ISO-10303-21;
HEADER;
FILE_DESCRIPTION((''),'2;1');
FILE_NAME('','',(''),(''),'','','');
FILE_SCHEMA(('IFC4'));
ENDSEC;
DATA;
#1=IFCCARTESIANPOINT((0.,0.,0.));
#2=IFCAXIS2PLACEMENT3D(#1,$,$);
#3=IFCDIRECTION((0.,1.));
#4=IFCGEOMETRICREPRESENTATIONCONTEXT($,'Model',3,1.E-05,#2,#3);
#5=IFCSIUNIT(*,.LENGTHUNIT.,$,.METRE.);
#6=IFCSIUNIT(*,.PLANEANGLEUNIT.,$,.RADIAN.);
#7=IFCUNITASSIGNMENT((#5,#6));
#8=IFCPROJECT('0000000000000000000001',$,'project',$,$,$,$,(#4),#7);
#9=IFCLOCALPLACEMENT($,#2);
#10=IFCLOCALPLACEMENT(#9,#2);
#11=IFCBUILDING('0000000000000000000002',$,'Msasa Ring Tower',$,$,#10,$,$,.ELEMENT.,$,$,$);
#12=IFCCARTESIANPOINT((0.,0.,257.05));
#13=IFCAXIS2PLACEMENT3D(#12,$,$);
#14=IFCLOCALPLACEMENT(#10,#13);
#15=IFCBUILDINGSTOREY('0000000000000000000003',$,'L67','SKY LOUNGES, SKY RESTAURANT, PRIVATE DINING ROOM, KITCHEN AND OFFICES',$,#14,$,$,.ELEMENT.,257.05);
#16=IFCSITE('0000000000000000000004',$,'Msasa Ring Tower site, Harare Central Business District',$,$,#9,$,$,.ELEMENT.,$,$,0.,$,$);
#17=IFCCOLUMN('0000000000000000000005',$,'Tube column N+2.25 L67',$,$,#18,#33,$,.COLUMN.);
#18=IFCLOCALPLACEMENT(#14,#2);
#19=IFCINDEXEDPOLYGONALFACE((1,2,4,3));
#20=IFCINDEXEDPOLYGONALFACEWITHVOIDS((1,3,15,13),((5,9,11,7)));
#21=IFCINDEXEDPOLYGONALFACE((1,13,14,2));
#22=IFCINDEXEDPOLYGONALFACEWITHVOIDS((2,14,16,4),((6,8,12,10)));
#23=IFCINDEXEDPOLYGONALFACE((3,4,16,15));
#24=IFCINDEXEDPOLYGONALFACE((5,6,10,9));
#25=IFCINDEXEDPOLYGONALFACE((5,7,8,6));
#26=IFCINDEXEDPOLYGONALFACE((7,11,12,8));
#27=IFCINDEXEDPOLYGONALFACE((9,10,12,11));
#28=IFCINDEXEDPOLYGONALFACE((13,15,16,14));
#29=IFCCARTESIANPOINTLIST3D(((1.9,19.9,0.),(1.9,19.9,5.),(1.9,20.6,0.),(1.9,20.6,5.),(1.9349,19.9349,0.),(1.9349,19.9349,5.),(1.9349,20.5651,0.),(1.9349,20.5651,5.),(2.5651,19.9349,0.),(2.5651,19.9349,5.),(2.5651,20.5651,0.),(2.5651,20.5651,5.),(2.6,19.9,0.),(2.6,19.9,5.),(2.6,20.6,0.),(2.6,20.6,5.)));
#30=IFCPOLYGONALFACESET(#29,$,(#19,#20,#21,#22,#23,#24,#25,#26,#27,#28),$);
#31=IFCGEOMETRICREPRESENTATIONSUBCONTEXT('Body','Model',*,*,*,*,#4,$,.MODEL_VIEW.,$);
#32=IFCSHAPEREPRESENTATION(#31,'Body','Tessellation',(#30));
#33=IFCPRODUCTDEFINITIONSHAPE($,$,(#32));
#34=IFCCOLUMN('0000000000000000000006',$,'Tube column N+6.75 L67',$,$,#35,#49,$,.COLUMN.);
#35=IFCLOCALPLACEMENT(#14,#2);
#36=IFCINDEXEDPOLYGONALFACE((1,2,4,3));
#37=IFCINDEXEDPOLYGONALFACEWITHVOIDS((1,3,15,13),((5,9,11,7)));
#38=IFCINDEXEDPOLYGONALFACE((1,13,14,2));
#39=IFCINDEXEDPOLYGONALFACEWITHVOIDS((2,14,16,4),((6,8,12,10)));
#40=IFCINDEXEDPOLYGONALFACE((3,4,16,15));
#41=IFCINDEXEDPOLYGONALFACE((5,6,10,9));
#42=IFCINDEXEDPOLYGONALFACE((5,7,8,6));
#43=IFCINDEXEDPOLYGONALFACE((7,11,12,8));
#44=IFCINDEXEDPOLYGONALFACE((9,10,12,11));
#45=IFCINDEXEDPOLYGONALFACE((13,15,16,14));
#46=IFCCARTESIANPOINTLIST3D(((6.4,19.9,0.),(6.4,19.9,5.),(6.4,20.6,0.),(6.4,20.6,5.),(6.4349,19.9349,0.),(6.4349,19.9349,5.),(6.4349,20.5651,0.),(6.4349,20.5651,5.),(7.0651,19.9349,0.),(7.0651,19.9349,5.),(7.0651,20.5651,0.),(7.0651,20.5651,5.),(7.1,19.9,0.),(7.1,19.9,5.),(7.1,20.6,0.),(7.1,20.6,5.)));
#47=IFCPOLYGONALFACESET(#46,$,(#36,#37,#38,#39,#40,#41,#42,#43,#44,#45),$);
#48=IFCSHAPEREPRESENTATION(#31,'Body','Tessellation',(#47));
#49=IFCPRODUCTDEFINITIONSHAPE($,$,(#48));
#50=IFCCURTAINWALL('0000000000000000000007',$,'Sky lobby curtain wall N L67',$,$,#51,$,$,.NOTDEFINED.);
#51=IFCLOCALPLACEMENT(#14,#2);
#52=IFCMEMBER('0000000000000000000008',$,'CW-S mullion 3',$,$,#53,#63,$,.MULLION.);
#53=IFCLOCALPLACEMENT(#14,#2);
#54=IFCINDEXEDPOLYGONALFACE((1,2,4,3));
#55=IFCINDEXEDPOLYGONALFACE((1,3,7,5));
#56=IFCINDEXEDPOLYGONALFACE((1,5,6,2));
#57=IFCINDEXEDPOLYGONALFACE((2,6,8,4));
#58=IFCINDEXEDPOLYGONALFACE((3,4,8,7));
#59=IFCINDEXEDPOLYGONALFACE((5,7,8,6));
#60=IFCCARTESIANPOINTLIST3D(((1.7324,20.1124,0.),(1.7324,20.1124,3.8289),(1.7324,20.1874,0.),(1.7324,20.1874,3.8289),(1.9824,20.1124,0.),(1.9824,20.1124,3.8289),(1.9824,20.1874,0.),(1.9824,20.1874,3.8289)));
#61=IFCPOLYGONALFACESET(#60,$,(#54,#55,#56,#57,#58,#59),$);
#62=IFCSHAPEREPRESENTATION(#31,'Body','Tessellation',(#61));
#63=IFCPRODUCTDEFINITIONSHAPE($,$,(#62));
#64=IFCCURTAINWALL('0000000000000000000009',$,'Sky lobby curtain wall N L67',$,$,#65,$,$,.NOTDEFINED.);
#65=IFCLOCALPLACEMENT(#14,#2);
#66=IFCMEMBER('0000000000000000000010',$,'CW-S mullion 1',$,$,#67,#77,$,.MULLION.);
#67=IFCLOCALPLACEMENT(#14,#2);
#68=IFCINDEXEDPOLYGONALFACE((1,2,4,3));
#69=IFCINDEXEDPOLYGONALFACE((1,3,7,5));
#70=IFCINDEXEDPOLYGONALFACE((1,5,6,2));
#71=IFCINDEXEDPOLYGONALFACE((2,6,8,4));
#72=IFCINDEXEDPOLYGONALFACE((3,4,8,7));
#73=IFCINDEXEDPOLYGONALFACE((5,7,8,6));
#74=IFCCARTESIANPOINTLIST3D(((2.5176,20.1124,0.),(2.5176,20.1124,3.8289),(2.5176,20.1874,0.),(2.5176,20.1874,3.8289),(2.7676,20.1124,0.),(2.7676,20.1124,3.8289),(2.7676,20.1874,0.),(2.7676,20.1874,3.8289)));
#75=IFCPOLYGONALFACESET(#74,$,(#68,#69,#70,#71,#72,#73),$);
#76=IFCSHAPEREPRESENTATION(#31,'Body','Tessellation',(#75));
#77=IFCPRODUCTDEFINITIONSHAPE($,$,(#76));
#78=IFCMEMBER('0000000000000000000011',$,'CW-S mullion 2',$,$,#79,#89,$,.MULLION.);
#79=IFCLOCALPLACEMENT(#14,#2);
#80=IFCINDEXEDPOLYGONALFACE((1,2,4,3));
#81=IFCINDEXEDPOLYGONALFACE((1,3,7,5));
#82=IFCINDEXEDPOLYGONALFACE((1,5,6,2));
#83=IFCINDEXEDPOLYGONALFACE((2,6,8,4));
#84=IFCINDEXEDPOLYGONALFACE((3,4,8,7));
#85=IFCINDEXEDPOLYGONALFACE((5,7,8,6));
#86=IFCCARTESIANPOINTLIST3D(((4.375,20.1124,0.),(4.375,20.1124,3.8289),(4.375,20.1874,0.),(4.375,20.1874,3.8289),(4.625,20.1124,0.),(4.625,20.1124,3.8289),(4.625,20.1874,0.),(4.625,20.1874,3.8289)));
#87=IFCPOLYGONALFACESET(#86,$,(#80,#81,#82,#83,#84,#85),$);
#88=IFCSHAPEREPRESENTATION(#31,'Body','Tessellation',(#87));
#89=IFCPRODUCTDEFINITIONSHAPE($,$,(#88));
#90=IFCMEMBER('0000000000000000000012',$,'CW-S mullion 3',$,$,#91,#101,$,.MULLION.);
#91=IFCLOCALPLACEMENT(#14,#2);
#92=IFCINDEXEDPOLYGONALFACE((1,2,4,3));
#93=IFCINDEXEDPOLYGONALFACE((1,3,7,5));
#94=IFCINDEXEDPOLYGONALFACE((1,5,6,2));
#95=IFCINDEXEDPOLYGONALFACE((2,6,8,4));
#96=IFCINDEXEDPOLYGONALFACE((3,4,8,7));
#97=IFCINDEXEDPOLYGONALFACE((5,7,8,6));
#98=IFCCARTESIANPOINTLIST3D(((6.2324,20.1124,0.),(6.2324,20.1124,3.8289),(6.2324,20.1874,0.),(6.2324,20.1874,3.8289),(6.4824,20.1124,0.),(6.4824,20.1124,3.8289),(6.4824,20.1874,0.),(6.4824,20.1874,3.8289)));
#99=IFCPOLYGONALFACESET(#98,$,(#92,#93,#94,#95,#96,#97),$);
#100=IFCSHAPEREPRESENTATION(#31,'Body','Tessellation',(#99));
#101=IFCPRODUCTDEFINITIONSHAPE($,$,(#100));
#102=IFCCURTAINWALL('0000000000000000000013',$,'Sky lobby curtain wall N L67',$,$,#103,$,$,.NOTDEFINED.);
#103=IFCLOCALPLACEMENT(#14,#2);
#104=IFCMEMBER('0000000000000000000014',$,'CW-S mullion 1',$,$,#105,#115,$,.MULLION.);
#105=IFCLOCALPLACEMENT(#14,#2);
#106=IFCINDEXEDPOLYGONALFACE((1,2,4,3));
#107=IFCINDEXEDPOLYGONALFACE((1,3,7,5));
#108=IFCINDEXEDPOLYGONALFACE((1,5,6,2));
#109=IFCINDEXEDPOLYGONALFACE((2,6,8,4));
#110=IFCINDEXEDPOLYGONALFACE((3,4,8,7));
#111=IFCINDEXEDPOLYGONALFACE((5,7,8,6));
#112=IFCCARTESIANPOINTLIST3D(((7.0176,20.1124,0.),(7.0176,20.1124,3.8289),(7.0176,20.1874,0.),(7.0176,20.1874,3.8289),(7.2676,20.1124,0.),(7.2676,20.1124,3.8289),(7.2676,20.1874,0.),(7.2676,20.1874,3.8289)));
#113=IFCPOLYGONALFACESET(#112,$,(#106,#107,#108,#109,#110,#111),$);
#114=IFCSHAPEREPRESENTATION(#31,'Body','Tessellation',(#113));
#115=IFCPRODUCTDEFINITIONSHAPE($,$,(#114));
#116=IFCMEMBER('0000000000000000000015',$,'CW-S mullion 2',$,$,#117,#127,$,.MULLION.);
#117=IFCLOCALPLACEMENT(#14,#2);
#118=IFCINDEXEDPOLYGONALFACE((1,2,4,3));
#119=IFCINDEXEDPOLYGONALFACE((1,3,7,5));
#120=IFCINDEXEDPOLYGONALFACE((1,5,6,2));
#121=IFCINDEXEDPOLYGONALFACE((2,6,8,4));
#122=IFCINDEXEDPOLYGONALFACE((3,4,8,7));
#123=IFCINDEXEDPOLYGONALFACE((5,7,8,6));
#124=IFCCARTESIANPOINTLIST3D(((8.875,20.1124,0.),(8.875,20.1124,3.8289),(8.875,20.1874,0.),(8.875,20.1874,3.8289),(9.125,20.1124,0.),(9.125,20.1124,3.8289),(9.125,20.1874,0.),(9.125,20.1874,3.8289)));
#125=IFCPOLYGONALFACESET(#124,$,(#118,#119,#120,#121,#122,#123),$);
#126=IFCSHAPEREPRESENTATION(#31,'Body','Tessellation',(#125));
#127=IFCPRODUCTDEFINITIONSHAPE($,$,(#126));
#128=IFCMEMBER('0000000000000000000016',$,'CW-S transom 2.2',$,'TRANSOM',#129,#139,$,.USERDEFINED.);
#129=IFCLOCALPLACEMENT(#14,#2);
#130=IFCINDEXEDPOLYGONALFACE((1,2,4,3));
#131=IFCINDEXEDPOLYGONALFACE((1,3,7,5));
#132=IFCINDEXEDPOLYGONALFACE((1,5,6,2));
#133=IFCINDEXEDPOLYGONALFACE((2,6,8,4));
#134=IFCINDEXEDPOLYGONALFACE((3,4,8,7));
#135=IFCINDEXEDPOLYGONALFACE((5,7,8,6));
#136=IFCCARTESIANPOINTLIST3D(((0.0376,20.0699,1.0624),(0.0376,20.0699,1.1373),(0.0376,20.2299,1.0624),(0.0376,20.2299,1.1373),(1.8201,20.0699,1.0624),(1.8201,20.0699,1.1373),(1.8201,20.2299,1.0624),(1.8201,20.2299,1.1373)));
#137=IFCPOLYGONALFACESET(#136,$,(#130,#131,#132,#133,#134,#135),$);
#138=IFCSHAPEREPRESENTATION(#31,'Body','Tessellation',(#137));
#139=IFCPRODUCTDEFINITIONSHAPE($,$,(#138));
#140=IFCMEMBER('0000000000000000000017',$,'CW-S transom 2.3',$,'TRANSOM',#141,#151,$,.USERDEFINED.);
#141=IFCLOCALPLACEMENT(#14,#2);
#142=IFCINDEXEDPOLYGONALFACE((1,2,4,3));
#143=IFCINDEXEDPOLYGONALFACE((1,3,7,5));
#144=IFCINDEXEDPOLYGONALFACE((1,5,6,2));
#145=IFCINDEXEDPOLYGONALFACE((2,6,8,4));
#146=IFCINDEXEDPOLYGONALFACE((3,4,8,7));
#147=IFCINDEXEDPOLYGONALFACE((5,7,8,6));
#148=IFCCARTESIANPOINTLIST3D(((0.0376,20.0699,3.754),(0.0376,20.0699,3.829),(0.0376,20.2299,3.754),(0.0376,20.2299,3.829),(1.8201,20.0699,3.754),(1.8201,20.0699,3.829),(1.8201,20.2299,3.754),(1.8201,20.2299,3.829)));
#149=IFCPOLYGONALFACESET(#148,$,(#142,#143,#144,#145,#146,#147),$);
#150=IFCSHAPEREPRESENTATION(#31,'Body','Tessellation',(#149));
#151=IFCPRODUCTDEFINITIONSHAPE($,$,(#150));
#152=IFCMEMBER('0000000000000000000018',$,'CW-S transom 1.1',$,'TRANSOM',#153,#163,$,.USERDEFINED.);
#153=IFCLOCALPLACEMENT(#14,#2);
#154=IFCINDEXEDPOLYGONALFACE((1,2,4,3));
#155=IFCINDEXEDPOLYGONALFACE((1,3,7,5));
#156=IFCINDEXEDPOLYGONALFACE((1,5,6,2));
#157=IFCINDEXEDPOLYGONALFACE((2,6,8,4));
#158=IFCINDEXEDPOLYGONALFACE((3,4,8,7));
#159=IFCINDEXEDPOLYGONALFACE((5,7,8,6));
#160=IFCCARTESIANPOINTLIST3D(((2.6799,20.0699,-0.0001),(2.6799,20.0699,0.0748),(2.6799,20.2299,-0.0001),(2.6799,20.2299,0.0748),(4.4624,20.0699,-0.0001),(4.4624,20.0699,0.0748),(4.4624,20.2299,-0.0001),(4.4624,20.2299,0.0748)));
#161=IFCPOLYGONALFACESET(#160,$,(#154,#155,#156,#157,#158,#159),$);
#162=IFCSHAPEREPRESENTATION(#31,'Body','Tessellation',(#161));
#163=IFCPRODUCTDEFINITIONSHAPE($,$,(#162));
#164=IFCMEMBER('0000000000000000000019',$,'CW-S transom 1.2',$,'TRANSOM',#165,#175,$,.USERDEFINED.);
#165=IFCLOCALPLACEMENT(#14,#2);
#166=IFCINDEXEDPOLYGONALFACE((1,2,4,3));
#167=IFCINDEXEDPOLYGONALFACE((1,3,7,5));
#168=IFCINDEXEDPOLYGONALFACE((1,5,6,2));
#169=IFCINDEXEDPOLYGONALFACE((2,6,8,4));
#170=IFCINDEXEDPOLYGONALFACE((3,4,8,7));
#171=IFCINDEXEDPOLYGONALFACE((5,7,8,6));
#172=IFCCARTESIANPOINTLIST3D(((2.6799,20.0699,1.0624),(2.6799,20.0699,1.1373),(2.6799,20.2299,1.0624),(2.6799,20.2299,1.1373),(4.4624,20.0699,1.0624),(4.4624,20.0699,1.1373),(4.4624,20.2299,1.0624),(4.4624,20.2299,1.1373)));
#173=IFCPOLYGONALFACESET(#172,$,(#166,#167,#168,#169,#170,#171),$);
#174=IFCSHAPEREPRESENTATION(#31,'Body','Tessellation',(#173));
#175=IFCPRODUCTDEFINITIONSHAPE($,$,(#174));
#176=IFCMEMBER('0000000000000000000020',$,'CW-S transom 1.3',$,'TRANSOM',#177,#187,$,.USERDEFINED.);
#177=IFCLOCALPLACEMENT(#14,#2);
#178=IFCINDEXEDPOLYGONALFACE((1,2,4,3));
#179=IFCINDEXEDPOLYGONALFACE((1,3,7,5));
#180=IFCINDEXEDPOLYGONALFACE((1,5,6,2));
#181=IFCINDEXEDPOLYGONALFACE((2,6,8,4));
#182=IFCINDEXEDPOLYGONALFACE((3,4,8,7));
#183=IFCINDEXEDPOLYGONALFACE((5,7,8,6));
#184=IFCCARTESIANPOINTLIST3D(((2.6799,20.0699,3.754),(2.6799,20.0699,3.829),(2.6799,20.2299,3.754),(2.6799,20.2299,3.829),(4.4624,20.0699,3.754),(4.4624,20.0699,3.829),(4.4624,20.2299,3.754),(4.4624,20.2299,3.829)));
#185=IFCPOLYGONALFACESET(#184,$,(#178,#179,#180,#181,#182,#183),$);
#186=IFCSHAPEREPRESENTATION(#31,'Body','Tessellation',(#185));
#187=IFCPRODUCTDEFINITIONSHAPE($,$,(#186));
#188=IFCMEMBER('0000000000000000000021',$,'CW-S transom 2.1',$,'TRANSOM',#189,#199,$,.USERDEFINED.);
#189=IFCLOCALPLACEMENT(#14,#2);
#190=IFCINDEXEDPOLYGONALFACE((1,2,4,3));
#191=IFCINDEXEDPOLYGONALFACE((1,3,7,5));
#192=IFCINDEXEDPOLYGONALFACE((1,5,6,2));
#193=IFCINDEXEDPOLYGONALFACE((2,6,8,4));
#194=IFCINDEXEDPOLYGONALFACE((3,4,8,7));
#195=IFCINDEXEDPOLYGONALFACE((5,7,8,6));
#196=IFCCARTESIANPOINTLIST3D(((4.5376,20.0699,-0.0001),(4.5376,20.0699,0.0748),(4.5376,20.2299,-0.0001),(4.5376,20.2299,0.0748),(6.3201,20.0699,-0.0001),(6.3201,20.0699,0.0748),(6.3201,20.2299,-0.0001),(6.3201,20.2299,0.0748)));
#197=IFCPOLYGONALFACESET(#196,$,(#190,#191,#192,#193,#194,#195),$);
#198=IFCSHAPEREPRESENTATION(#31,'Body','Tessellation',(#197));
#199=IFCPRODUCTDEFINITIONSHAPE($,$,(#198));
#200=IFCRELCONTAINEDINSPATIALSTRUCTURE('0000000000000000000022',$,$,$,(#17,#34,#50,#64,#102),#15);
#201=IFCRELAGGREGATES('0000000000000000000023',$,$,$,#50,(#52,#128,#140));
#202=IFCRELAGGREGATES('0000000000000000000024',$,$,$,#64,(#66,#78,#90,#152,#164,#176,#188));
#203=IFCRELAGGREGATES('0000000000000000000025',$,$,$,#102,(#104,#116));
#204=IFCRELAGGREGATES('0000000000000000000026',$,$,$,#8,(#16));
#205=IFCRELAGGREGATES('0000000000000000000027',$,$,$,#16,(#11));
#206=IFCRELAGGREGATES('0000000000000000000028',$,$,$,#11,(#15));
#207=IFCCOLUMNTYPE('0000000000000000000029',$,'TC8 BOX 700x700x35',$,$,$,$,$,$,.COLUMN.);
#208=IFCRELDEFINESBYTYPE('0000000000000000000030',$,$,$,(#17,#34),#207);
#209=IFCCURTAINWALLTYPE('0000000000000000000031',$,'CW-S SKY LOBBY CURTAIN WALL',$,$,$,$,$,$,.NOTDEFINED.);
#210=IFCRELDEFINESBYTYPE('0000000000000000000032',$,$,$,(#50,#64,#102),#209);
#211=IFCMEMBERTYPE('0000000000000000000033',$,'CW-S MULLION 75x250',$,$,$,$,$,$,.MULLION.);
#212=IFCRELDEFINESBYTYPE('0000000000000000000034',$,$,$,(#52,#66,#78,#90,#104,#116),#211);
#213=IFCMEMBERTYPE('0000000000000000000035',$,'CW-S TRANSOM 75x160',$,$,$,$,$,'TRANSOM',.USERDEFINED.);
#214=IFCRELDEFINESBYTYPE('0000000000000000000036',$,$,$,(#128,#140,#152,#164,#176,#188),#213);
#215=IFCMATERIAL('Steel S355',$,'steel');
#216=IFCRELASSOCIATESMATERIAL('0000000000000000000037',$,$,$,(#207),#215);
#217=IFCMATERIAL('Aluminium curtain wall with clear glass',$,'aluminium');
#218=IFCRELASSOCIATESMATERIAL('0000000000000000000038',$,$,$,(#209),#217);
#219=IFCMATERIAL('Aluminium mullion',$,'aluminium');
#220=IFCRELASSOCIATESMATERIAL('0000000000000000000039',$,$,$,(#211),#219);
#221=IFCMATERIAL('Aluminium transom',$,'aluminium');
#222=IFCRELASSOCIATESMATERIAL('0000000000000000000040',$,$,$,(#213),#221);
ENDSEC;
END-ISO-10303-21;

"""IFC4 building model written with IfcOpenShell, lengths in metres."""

from ifc_helpers import new_model, si_unit, direction, frame, origin, origin_2d, place, context, subcontext, project, spatial, rectangle, hollow_rectangle, extrude, material, material_profile, profile_set, type_object, element, aggregate, save


model = new_model("IFC4")

# Units and contexts
model_context = context("Model", 3, precision=1e-05, world=origin(), true_north=direction((0.0, 1.0)))
body_context = subcontext(model_context, "Body", "Model", "MODEL_VIEW")
ifc_project = project(units=[si_unit("LENGTHUNIT", "METRE"), si_unit("PLANEANGLEUNIT", "RADIAN")], contexts=[model_context])

# Site, building, storey
site_placement = place(None, origin())
site = spatial("IfcSite", under=ifc_project, at=site_placement, Name="Msasa Ring Tower site, Harare Central Business District", CompositionType="ELEMENT", RefElevation=0.0)
building_placement = place(site_placement, origin())
building = spatial("IfcBuilding", under=site, at=building_placement, Name="Msasa Ring Tower", CompositionType="ELEMENT")
storey_placement = place(building_placement, frame((0.0, 0.0, 257.05)))
storey = spatial("IfcBuildingStorey", under=building, at=storey_placement, Name="L67", Description="SKY LOUNGES, SKY RESTAURANT, PRIVATE DINING ROOM, KITCHEN AND OFFICES", CompositionType="ELEMENT", Elevation=257.05)

# Columns
ifc_material_1 = material(Name="Steel S355", Category="steel")
ifc_material_profile_1 = material_profile(ifc_material_1, hollow_rectangle(XDim=0.7, YDim=0.7, WallThickness=0.0349, at=origin_2d()), Name="BOX 700x700x35")
ifc_profile_set_1 = profile_set([ifc_material_profile_1], Name="Steel S355")
column_type = type_object("IfcColumnType", Name="TC8 BOX 700x700x35", PredefinedType="COLUMN", material=ifc_profile_set_1)
for number, where, z_axis, x_axis, name in (
    (1, (2.25, 20.25, 0.0), (0.0, 0.0, 1.0), (0.0, 1.0, 0.0), "Tube column N+2.25 L67"),
    (2, (6.75, 20.25, 0.0), (0.0, 0.0, 1.0), (0.0, 1.0, 0.0), "Tube column N+6.75 L67"),
):
    element("IfcColumn", number, at=place(storey_placement, frame(where, z_axis=z_axis, x_axis=x_axis)), inside=storey, type_object=column_type, Name=name, PredefinedType="COLUMN", context=body_context, shape_type="SweptSolid", body=[
        extrude(hollow_rectangle(XDim=0.7, YDim=0.7, WallThickness=0.0349, at=origin_2d()), origin(), (0.0, 0.0, 1.0), 5.0),
    ])

# Curtain wall, member
ifc_material_2 = material(Name="Aluminium curtain wall with clear glass", Category="aluminium")
curtain_wall_type = type_object("IfcCurtainWallType", Name="CW-S SKY LOBBY CURTAIN WALL", PredefinedType="NOTDEFINED", material=ifc_material_2)
curtain_wall_1_placement = place(storey_placement, origin())
curtain_wall_1 = element("IfcCurtainWall", 3, at=curtain_wall_1_placement, inside=storey, type_object=curtain_wall_type, Name="Sky lobby curtain wall N L67", PredefinedType="NOTDEFINED")
ifc_material_3 = material(Name="Aluminium mullion", Category="aluminium")
ifc_material_profile_2 = material_profile(ifc_material_3, rectangle(XDim=0.075, YDim=0.25, at=origin_2d()), Name="AL 75x250")
ifc_profile_set_2 = profile_set([ifc_material_profile_2], Name="Aluminium mullion")
member_type_1 = type_object("IfcMemberType", Name="CW-S MULLION 75x250", PredefinedType="MULLION", material=ifc_profile_set_2)
member_1_placement = place(storey_placement, frame((1.8574, 20.1499, 0.0), z_axis=(0.0, 0.0, 1.0), x_axis=(0.0, 1.0, 0.0)))
member_1 = element("IfcMember", 4, at=member_1_placement, type_object=member_type_1, Name="CW-S mullion 3", PredefinedType="MULLION", context=body_context, shape_type="SweptSolid", body=[
    extrude(rectangle(XDim=0.075, YDim=0.25, at=origin_2d()), origin(), (0.0, 0.0, 1.0), 3.8289),
])

# Curtain walls, members
curtain_wall_2_placement = place(storey_placement, origin())
curtain_wall_2 = element("IfcCurtainWall", 5, at=curtain_wall_2_placement, inside=storey, type_object=curtain_wall_type, Name="Sky lobby curtain wall N L67", PredefinedType="NOTDEFINED")
member_2_placement = place(storey_placement, frame((2.6426, 20.1499, 0.0), z_axis=(0.0, 0.0, 1.0), x_axis=(0.0, 1.0, 0.0)))
member_2 = element("IfcMember", 6, at=member_2_placement, type_object=member_type_1, Name="CW-S mullion 1", PredefinedType="MULLION", context=body_context, shape_type="SweptSolid", body=[
    extrude(rectangle(XDim=0.075, YDim=0.25, at=origin_2d()), origin(), (0.0, 0.0, 1.0), 3.8289),
])
member_3_placement = place(storey_placement, frame((4.5, 20.1499, 0.0), z_axis=(0.0, 0.0, 1.0), x_axis=(0.0, 1.0, 0.0)))
member_3 = element("IfcMember", 7, at=member_3_placement, type_object=member_type_1, Name="CW-S mullion 2", PredefinedType="MULLION", context=body_context, shape_type="SweptSolid", body=[
    extrude(rectangle(XDim=0.075, YDim=0.25, at=origin_2d()), origin(), (0.0, 0.0, 1.0), 3.8289),
])
member_4_placement = place(storey_placement, frame((6.3574, 20.1499, 0.0), z_axis=(0.0, 0.0, 1.0), x_axis=(0.0, 1.0, 0.0)))
member_4 = element("IfcMember", 8, at=member_4_placement, type_object=member_type_1, Name="CW-S mullion 3", PredefinedType="MULLION", context=body_context, shape_type="SweptSolid", body=[
    extrude(rectangle(XDim=0.075, YDim=0.25, at=origin_2d()), origin(), (0.0, 0.0, 1.0), 3.8289),
])
curtain_wall_3_placement = place(storey_placement, origin())
curtain_wall_3 = element("IfcCurtainWall", 9, at=curtain_wall_3_placement, inside=storey, type_object=curtain_wall_type, Name="Sky lobby curtain wall N L67", PredefinedType="NOTDEFINED")
member_5_placement = place(storey_placement, frame((7.1426, 20.1499, 0.0), z_axis=(0.0, 0.0, 1.0), x_axis=(0.0, 1.0, 0.0)))
member_5 = element("IfcMember", 10, at=member_5_placement, type_object=member_type_1, Name="CW-S mullion 1", PredefinedType="MULLION", context=body_context, shape_type="SweptSolid", body=[
    extrude(rectangle(XDim=0.075, YDim=0.25, at=origin_2d()), origin(), (0.0, 0.0, 1.0), 3.8289),
])
member_6_placement = place(storey_placement, frame((9.0, 20.1499, 0.0), z_axis=(0.0, 0.0, 1.0), x_axis=(0.0, 1.0, 0.0)))
member_6 = element("IfcMember", 11, at=member_6_placement, type_object=member_type_1, Name="CW-S mullion 2", PredefinedType="MULLION", context=body_context, shape_type="SweptSolid", body=[
    extrude(rectangle(XDim=0.075, YDim=0.25, at=origin_2d()), origin(), (0.0, 0.0, 1.0), 3.8289),
])

# Members
ifc_material_4 = material(Name="Aluminium transom", Category="aluminium")
ifc_material_profile_3 = material_profile(ifc_material_4, rectangle(XDim=0.1599, YDim=0.075, at=origin_2d()), Name="AL 75x160")
ifc_profile_set_3 = profile_set([ifc_material_profile_3], Name="Aluminium transom")
member_type_2 = type_object("IfcMemberType", Name="CW-S TRANSOM 75x160", ElementType="TRANSOM", PredefinedType="USERDEFINED", material=ifc_profile_set_3)
member_7_placement = place(storey_placement, frame((0.0376, 20.1499, 1.0999), z_axis=(1.0, 0.0, 0.0), x_axis=(0.0, 1.0, 0.0)))
member_7 = element("IfcMember", 12, at=member_7_placement, type_object=member_type_2, Name="CW-S transom 2.2", ObjectType="TRANSOM", PredefinedType="USERDEFINED", context=body_context, shape_type="SweptSolid", body=[
    extrude(rectangle(XDim=0.1599, YDim=0.075, at=origin_2d()), origin(), (0.0, 0.0, 1.0), 1.7825),
])
member_8_placement = place(storey_placement, frame((0.0376, 20.1499, 3.7915), z_axis=(1.0, 0.0, 0.0), x_axis=(0.0, 1.0, 0.0)))
member_8 = element("IfcMember", 13, at=member_8_placement, type_object=member_type_2, Name="CW-S transom 2.3", ObjectType="TRANSOM", PredefinedType="USERDEFINED", context=body_context, shape_type="SweptSolid", body=[
    extrude(rectangle(XDim=0.1599, YDim=0.075, at=origin_2d()), origin(), (0.0, 0.0, 1.0), 1.7825),
])
member_9_placement = place(storey_placement, frame((2.6799, 20.1499, 0.0374), z_axis=(1.0, 0.0, 0.0), x_axis=(0.0, 1.0, 0.0)))
member_9 = element("IfcMember", 14, at=member_9_placement, type_object=member_type_2, Name="CW-S transom 1.1", ObjectType="TRANSOM", PredefinedType="USERDEFINED", context=body_context, shape_type="SweptSolid", body=[
    extrude(rectangle(XDim=0.1599, YDim=0.075, at=origin_2d()), origin(), (0.0, 0.0, 1.0), 1.7825),
])
member_10_placement = place(storey_placement, frame((2.6799, 20.1499, 1.0999), z_axis=(1.0, 0.0, 0.0), x_axis=(0.0, 1.0, 0.0)))
member_10 = element("IfcMember", 15, at=member_10_placement, type_object=member_type_2, Name="CW-S transom 1.2", ObjectType="TRANSOM", PredefinedType="USERDEFINED", context=body_context, shape_type="SweptSolid", body=[
    extrude(rectangle(XDim=0.1599, YDim=0.075, at=origin_2d()), origin(), (0.0, 0.0, 1.0), 1.7825),
])
member_11_placement = place(storey_placement, frame((2.6799, 20.1499, 3.7915), z_axis=(1.0, 0.0, 0.0), x_axis=(0.0, 1.0, 0.0)))
member_11 = element("IfcMember", 16, at=member_11_placement, type_object=member_type_2, Name="CW-S transom 1.3", ObjectType="TRANSOM", PredefinedType="USERDEFINED", context=body_context, shape_type="SweptSolid", body=[
    extrude(rectangle(XDim=0.1599, YDim=0.075, at=origin_2d()), origin(), (0.0, 0.0, 1.0), 1.7825),
])
member_12_placement = place(storey_placement, frame((4.5376, 20.1499, 0.0374), z_axis=(1.0, 0.0, 0.0), x_axis=(0.0, 1.0, 0.0)))
member_12 = element("IfcMember", 17, at=member_12_placement, type_object=member_type_2, Name="CW-S transom 2.1", ObjectType="TRANSOM", PredefinedType="USERDEFINED", context=body_context, shape_type="SweptSolid", body=[
    extrude(rectangle(XDim=0.1599, YDim=0.075, at=origin_2d()), origin(), (0.0, 0.0, 1.0), 1.7825),
])

aggregate(curtain_wall_1, [member_1, member_7, member_8])
aggregate(curtain_wall_2, [member_2, member_3, member_4, member_9, member_10, member_11, member_12])
aggregate(curtain_wall_3, [member_5, member_6])

save(model, "model.ifc")
